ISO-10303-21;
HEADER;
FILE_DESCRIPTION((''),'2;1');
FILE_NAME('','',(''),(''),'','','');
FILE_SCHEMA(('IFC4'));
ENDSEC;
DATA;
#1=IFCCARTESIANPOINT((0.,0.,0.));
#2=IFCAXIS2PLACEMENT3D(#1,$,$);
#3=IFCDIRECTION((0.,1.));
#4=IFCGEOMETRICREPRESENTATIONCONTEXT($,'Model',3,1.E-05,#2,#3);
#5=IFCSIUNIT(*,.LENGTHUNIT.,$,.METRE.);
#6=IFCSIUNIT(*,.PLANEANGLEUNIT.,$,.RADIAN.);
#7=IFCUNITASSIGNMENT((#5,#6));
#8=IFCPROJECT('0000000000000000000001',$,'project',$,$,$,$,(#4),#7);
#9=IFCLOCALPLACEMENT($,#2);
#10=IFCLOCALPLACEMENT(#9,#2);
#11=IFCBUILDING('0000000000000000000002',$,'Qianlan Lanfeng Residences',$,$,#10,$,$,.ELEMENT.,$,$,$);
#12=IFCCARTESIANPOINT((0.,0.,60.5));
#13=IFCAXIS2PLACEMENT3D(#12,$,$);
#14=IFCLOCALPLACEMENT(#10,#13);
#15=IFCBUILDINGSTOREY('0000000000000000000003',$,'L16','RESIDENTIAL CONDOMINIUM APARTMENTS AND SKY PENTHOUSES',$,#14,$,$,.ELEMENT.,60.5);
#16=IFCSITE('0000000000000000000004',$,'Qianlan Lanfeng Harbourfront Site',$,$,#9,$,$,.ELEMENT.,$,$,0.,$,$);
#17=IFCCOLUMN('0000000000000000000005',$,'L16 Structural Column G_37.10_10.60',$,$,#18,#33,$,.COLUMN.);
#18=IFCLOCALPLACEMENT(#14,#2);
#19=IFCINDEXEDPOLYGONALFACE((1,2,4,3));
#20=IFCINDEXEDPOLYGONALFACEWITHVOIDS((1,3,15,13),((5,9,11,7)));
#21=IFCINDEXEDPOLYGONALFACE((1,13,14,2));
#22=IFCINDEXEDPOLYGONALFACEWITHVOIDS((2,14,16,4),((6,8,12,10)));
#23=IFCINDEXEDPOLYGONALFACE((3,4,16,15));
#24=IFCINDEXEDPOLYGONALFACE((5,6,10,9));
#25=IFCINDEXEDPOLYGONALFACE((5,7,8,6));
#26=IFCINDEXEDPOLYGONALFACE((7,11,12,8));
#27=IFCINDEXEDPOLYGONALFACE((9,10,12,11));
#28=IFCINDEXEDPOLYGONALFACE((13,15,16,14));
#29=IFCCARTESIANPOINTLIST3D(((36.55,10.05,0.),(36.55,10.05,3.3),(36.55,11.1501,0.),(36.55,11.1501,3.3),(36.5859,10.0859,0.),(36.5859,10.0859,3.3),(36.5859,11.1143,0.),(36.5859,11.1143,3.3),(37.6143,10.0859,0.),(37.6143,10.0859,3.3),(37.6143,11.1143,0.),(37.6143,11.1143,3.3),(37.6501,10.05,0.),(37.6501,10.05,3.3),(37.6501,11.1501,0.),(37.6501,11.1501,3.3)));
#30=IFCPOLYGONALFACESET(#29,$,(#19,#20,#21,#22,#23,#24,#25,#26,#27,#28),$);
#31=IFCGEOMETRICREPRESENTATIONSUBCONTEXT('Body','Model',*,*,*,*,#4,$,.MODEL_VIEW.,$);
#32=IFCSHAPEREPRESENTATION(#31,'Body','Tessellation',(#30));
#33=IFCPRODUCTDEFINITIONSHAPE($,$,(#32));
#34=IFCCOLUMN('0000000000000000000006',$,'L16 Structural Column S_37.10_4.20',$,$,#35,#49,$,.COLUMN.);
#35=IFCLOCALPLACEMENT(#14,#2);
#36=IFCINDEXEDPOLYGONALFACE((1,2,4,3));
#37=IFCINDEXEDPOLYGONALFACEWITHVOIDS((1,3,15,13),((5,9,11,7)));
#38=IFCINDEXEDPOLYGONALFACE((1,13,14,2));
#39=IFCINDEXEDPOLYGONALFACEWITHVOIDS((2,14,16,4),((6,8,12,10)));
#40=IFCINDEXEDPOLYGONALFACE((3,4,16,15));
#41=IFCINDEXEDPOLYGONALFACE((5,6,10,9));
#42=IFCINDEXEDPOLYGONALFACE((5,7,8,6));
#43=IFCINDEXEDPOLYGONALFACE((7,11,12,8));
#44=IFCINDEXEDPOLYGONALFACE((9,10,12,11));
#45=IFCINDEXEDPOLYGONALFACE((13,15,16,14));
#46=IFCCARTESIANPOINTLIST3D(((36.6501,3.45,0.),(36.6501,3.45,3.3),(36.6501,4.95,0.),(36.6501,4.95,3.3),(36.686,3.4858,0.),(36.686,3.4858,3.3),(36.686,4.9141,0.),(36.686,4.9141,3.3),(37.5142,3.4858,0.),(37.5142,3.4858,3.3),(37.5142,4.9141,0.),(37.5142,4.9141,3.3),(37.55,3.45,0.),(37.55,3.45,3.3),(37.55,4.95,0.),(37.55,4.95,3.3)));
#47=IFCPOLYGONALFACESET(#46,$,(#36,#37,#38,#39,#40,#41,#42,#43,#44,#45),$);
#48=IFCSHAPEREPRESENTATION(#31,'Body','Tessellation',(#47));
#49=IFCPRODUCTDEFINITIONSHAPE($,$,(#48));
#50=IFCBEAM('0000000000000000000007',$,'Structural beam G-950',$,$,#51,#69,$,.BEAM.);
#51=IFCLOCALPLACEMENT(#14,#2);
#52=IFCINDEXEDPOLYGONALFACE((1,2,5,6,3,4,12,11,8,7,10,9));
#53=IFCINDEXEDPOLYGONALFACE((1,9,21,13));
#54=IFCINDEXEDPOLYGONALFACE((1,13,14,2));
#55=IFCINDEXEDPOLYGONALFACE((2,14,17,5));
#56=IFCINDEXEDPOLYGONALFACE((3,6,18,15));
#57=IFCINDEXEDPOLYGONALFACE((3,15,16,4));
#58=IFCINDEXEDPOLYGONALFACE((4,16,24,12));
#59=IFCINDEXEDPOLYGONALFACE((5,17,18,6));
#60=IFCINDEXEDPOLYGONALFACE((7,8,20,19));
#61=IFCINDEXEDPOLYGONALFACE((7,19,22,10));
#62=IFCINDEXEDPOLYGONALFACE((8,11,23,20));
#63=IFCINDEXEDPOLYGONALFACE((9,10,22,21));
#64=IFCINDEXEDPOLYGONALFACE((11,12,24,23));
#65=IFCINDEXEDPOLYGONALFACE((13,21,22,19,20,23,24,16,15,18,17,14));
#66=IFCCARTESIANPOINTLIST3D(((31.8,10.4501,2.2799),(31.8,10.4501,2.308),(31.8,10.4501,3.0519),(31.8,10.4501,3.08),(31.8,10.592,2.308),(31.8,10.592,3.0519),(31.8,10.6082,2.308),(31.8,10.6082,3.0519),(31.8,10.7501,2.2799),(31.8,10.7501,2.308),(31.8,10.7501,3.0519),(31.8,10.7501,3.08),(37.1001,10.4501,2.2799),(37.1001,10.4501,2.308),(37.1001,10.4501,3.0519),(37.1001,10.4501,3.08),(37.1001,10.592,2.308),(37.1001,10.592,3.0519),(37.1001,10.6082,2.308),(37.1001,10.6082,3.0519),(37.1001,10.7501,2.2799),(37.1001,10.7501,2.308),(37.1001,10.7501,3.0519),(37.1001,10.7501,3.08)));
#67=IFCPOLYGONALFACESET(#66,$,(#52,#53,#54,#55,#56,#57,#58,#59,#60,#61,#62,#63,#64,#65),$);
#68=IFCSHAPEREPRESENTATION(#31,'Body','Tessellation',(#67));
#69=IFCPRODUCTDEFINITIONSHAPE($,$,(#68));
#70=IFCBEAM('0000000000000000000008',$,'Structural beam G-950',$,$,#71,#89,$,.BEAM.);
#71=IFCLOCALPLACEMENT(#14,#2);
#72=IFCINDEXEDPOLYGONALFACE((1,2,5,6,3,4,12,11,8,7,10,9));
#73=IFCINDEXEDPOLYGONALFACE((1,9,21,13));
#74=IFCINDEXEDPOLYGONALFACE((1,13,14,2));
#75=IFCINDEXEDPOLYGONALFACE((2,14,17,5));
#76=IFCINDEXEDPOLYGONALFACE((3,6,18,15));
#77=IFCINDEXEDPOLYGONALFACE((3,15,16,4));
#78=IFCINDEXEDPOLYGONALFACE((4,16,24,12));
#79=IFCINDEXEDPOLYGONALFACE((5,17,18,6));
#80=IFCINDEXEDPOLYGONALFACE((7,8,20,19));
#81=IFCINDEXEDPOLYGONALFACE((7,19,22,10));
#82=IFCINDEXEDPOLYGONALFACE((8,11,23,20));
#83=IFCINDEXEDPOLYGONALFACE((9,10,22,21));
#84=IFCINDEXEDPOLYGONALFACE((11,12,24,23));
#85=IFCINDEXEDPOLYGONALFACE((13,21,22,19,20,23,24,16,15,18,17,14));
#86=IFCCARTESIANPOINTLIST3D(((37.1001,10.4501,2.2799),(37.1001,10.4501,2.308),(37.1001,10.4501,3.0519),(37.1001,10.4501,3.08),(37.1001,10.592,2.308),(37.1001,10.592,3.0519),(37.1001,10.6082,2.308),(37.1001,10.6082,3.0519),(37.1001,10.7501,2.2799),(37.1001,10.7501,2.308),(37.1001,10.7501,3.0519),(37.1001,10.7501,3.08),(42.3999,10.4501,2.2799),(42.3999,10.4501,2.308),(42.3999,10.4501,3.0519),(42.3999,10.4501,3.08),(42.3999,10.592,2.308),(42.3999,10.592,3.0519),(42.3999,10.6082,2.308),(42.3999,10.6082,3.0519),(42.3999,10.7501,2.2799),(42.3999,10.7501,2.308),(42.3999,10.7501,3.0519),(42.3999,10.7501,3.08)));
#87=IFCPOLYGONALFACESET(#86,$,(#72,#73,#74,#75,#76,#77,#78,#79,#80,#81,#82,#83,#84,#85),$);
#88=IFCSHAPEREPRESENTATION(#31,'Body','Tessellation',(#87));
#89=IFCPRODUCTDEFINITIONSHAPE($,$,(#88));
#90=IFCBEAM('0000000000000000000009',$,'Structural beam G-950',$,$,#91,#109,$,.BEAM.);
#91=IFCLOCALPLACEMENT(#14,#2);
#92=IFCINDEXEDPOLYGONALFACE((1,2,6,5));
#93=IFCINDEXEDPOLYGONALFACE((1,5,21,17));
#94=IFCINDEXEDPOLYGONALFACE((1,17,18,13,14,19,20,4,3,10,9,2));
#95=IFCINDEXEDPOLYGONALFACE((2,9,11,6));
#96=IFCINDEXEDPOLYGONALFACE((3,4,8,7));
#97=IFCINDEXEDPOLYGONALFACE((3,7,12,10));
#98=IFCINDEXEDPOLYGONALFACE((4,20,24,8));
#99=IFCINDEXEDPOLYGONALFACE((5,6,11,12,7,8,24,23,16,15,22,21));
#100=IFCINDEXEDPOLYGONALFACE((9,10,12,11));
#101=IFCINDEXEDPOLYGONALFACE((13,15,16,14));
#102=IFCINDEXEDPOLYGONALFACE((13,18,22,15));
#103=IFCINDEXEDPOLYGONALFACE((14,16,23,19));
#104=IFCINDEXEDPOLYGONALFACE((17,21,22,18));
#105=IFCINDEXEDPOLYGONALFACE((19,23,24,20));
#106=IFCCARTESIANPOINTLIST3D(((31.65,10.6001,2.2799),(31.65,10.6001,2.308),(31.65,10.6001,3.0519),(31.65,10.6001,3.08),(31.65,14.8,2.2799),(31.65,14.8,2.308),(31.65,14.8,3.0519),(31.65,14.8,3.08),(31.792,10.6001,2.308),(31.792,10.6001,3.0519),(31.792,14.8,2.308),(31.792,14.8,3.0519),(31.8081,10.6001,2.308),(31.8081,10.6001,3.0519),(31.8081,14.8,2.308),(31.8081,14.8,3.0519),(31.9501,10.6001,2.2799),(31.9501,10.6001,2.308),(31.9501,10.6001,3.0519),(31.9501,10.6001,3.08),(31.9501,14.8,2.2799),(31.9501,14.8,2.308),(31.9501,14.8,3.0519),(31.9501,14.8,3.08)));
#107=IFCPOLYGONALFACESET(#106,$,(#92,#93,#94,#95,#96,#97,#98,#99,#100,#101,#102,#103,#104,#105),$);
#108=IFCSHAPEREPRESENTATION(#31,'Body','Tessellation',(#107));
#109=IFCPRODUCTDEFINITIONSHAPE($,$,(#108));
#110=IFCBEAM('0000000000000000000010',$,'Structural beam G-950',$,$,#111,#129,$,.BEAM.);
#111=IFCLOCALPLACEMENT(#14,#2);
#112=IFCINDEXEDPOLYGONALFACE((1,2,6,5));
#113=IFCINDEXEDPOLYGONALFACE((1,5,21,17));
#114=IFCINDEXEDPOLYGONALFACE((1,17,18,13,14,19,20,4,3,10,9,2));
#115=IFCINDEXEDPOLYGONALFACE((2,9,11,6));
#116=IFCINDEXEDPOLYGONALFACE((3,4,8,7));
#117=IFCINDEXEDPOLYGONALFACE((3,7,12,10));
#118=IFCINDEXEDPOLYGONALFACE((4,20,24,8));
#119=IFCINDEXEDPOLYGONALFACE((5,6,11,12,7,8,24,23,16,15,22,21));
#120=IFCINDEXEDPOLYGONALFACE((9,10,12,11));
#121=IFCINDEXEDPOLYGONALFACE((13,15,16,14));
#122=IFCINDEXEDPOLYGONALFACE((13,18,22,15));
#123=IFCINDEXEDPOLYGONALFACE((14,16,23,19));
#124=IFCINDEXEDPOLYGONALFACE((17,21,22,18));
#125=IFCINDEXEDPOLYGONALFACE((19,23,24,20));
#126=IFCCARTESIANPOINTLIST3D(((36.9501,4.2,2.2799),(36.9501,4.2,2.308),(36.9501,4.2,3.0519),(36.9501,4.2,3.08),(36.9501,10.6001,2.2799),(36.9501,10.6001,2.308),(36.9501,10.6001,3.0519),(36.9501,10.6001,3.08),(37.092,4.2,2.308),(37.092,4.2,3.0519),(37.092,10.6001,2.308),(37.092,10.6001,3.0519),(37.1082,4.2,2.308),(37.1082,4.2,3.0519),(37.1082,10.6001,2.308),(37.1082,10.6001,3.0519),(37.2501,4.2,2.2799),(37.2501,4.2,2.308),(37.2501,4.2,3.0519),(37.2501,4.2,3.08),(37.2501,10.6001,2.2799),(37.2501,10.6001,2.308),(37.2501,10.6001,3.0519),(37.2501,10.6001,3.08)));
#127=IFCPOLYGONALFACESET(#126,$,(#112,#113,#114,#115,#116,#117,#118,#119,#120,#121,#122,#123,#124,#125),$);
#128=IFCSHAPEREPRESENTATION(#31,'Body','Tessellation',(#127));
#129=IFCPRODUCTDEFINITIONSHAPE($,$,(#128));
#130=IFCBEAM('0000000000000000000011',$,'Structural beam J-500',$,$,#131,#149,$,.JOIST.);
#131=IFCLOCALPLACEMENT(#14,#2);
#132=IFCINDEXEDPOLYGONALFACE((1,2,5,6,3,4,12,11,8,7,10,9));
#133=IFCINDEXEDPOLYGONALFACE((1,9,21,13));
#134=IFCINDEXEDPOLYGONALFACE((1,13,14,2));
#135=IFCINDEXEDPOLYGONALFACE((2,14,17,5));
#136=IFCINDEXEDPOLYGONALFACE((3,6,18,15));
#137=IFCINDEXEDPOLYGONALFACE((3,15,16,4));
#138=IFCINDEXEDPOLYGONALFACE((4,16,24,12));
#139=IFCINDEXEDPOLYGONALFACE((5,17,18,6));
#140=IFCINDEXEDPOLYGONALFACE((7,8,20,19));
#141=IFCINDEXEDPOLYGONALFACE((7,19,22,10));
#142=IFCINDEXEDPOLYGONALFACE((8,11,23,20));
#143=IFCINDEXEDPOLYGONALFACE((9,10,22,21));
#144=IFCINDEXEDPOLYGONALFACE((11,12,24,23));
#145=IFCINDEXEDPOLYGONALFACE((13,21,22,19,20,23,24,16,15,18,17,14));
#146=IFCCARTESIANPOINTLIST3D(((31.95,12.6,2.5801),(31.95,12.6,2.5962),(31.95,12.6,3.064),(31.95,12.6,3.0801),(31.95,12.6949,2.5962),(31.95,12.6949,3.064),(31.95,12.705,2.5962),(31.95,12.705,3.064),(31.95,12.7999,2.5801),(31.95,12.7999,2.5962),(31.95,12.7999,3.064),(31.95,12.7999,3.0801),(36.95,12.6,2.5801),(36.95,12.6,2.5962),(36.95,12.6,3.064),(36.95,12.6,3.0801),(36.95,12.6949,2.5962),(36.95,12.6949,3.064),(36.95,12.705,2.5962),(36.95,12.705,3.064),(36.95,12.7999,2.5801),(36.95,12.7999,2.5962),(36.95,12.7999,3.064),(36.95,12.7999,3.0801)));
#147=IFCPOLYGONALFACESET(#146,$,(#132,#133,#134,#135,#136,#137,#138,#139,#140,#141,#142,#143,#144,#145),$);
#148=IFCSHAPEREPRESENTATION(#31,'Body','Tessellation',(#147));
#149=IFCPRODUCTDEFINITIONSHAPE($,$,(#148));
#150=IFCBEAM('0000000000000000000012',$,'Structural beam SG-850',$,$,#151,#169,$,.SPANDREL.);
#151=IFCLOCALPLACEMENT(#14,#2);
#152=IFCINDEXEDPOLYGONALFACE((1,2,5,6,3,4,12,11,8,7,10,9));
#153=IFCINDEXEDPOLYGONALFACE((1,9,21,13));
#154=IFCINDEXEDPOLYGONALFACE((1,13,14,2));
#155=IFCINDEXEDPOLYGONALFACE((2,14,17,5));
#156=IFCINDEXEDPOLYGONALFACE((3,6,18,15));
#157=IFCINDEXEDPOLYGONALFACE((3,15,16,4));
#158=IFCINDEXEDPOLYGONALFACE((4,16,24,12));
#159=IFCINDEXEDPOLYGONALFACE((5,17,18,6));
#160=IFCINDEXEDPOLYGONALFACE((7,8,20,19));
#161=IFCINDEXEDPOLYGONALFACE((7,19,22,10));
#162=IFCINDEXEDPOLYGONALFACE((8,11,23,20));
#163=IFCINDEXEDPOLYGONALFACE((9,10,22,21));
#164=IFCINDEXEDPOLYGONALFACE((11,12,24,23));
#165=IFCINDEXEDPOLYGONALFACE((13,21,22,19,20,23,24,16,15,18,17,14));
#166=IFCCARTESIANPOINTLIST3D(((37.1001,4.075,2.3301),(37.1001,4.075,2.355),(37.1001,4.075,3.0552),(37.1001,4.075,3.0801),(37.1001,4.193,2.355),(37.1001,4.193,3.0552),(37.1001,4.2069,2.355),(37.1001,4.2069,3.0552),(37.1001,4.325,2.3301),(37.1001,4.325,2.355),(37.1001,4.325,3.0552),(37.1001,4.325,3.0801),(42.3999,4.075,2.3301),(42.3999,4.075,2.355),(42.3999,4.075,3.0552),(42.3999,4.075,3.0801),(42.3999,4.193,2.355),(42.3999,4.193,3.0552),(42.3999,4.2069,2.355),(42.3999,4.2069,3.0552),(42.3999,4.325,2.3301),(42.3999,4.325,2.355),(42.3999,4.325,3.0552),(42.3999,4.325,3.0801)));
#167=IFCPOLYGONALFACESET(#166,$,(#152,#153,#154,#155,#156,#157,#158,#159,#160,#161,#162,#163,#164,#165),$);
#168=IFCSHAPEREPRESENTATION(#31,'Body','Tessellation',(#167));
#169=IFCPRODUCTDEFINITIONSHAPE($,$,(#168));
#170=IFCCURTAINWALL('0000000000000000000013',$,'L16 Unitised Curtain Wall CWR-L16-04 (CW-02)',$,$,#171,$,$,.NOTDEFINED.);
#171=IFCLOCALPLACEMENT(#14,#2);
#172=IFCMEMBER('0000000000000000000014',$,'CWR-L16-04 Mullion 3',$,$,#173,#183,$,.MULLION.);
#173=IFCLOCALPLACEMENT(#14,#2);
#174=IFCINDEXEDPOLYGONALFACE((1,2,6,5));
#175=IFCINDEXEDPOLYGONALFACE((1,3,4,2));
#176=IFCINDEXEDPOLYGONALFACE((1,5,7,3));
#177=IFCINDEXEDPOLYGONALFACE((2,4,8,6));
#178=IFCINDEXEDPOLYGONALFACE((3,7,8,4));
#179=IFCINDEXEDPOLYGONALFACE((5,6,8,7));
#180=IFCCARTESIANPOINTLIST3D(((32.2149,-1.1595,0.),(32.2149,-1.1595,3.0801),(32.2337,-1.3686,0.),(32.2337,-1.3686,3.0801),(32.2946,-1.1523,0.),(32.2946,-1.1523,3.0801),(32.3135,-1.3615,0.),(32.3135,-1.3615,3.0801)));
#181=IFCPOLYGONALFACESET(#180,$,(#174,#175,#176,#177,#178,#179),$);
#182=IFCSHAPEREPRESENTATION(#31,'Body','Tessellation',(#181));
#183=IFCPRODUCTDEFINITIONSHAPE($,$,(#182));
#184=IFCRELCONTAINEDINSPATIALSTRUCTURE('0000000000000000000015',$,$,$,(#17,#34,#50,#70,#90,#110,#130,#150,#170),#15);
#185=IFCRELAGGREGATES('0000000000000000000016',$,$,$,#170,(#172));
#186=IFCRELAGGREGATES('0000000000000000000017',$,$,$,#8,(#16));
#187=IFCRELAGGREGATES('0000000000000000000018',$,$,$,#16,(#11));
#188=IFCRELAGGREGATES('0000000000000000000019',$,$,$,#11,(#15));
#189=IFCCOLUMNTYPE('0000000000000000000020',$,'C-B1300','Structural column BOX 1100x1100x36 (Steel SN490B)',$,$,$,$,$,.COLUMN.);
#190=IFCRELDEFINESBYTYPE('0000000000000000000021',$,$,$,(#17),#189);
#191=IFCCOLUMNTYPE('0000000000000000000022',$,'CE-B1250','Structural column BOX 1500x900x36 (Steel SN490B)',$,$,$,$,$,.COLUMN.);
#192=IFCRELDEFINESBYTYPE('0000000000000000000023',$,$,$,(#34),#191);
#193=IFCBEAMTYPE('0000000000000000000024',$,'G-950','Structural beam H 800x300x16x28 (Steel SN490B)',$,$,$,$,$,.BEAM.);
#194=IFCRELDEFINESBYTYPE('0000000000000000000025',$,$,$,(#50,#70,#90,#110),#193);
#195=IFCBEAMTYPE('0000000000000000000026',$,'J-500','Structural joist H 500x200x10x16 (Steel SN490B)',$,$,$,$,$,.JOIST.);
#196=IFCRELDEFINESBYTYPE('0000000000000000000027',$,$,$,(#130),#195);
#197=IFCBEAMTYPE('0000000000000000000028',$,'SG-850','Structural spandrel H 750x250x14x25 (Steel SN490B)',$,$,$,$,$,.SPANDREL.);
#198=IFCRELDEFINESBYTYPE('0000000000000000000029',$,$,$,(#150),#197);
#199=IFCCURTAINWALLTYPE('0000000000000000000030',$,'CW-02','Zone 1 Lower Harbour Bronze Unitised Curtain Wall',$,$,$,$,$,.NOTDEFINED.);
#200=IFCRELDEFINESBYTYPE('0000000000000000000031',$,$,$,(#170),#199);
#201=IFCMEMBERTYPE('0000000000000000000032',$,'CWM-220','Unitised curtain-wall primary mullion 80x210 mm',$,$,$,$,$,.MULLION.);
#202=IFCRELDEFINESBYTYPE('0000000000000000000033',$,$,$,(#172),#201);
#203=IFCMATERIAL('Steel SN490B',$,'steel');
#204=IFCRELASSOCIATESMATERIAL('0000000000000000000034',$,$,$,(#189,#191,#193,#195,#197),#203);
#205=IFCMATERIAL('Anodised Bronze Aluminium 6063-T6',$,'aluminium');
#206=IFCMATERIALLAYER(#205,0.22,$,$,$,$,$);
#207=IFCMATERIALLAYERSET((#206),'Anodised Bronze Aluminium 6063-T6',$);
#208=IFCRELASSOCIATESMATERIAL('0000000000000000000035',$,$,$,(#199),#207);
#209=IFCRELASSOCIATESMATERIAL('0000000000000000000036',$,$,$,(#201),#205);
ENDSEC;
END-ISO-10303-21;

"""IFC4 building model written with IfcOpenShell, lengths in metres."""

from ifc_helpers import new_model, si_unit, direction, frame, origin, origin_2d, place, context, subcontext, project, spatial, rectangle, hollow_rectangle, i_section, extrude, source, transform, mapped, material, layer, layer_set, material_profile, profile_set, type_object, element, aggregate, save


model = new_model("IFC4")

# Units and contexts
model_context = context("Model", 3, precision=1e-05, world=origin(), true_north=direction((0.0, 1.0)))
body_context = subcontext(model_context, "Body", "Model", "MODEL_VIEW")
ifc_project = project(units=[si_unit("LENGTHUNIT", "METRE"), si_unit("PLANEANGLEUNIT", "RADIAN")], contexts=[model_context])

# Site, building, storey
site_placement = place(None, origin())
site = spatial("IfcSite", under=ifc_project, at=site_placement, Name="Qianlan Lanfeng Harbourfront Site", CompositionType="ELEMENT", RefElevation=0.0)
building_placement = place(site_placement, origin())
building = spatial("IfcBuilding", under=site, at=building_placement, Name="Qianlan Lanfeng Residences", CompositionType="ELEMENT")
storey_placement = place(building_placement, frame((0.0, 0.0, 60.5)))
storey = spatial("IfcBuildingStorey", under=building, at=storey_placement, Name="L16", Description="RESIDENTIAL CONDOMINIUM APARTMENTS AND SKY PENTHOUSES", CompositionType="ELEMENT", Elevation=60.5)

# Columns
ifc_material_1 = material(Name="Steel SN490B", Category="steel")
ifc_material_profile_1 = material_profile(ifc_material_1, hollow_rectangle(XDim=1.1001, YDim=1.1001, WallThickness=0.0359, at=origin_2d()), Name="BOX 1100x1100x36")
ifc_profile_set_1 = profile_set([ifc_material_profile_1], Name="Steel SN490B")
column_type_1 = type_object("IfcColumnType", Name="C-B1300", Description="Structural column BOX 1100x1100x36 (Steel SN490B)", PredefinedType="COLUMN", material=ifc_profile_set_1)
column_1_placement = place(storey_placement, frame((37.1001, 10.6001, 0.0), z_axis=(0.0, 0.0, 1.0), x_axis=(1.0, 0.0, 0.0)))
element("IfcColumn", 1, at=column_1_placement, inside=storey, type_object=column_type_1, Name="L16 Structural Column G_37.10_10.60", PredefinedType="COLUMN", context=body_context, shape_type="SweptSolid", body=[
    extrude(hollow_rectangle(XDim=1.1001, YDim=1.1001, WallThickness=0.0359, at=origin_2d()), origin(), (0.0, 0.0, 1.0), 3.3),
])
ifc_material_profile_2 = material_profile(ifc_material_1, hollow_rectangle(XDim=0.8999, YDim=1.5, WallThickness=0.0359, at=origin_2d()), Name="BOX 1500x900x36")
ifc_profile_set_2 = profile_set([ifc_material_profile_2], Name="Steel SN490B")
column_type_2 = type_object("IfcColumnType", Name="CE-B1250", Description="Structural column BOX 1500x900x36 (Steel SN490B)", PredefinedType="COLUMN", material=ifc_profile_set_2)
column_2_placement = place(storey_placement, frame((37.1001, 4.2, 0.0), z_axis=(0.0, 0.0, 1.0), x_axis=(1.0, 0.0, 0.0)))
element("IfcColumn", 2, at=column_2_placement, inside=storey, type_object=column_type_2, Name="L16 Structural Column S_37.10_4.20", PredefinedType="COLUMN", context=body_context, shape_type="SweptSolid", body=[
    extrude(hollow_rectangle(XDim=0.8999, YDim=1.5, WallThickness=0.0359, at=origin_2d()), origin(), (0.0, 0.0, 1.0), 3.3),
])

# Beams
ifc_material_profile_3 = material_profile(ifc_material_1, i_section(OverallWidth=0.3, OverallDepth=0.8, WebThickness=0.0161, FlangeThickness=0.0281, at=origin_2d()), Name="H 800x300x16x28")
ifc_profile_set_3 = profile_set([ifc_material_profile_3], Name="Steel SN490B")
beam_type_1 = type_object("IfcBeamType", Name="G-950", Description="Structural beam H 800x300x16x28 (Steel SN490B)", PredefinedType="BEAM", material=ifc_profile_set_3)
beam_1_placement = place(storey_placement, frame((31.8, 10.6001, 2.6799), z_axis=(1.0, 0.0, 0.0), x_axis=(0.0, 1.0, 0.0)))
element("IfcBeam", 3, at=beam_1_placement, inside=storey, type_object=beam_type_1, Name="Structural beam G-950", PredefinedType="BEAM", context=body_context, shape_type="SweptSolid", body=[
    extrude(i_section(OverallWidth=0.3, OverallDepth=0.8, WebThickness=0.0161, FlangeThickness=0.0281, at=origin_2d()), origin(), (0.0, 0.0, 1.0), 5.3),
])
beam_2_placement = place(storey_placement, frame((37.1001, 10.6001, 2.6799), z_axis=(1.0, 0.0, 0.0), x_axis=(0.0, 1.0, 0.0)))
element("IfcBeam", 4, at=beam_2_placement, inside=storey, type_object=beam_type_1, Name="Structural beam G-950", PredefinedType="BEAM", context=body_context, shape_type="SweptSolid", body=[
    extrude(i_section(OverallWidth=0.3, OverallDepth=0.8, WebThickness=0.0161, FlangeThickness=0.0281, at=origin_2d()), origin(), (0.0, 0.0, 1.0), 5.2998),
])
beam_3_placement = place(storey_placement, frame((31.8, 10.6001, 2.6799), z_axis=(0.0, 1.0, 0.0), x_axis=(-1.0, 0.0, 0.0)))
element("IfcBeam", 5, at=beam_3_placement, inside=storey, type_object=beam_type_1, Name="Structural beam G-950", PredefinedType="BEAM", context=body_context, shape_type="SweptSolid", body=[
    extrude(i_section(OverallWidth=0.3, OverallDepth=0.8, WebThickness=0.0161, FlangeThickness=0.0281, at=origin_2d()), origin(), (0.0, 0.0, 1.0), 4.2),
])
beam_4_placement = place(storey_placement, frame((37.1001, 4.2, 2.6799), z_axis=(0.0, 1.0, 0.0), x_axis=(-1.0, 0.0, 0.0)))
element("IfcBeam", 6, at=beam_4_placement, inside=storey, type_object=beam_type_1, Name="Structural beam G-950", PredefinedType="BEAM", context=body_context, shape_type="SweptSolid", body=[
    extrude(i_section(OverallWidth=0.3, OverallDepth=0.8, WebThickness=0.0161, FlangeThickness=0.0281, at=origin_2d()), origin(), (0.0, 0.0, 1.0), 6.4001),
])
ifc_material_profile_4 = material_profile(ifc_material_1, i_section(OverallWidth=0.2, OverallDepth=0.5, WebThickness=0.01, FlangeThickness=0.0161, at=origin_2d()), Name="H 500x200x10x16")
ifc_profile_set_4 = profile_set([ifc_material_profile_4], Name="Steel SN490B")
beam_type_2 = type_object("IfcBeamType", Name="J-500", Description="Structural joist H 500x200x10x16 (Steel SN490B)", PredefinedType="JOIST", material=ifc_profile_set_4)
beam_5_placement = place(storey_placement, frame((31.95, 12.7, 2.8301), z_axis=(1.0, 0.0, 0.0), x_axis=(0.0, 1.0, 0.0)))
element("IfcBeam", 7, at=beam_5_placement, inside=storey, type_object=beam_type_2, Name="Structural beam J-500", PredefinedType="JOIST", context=body_context, shape_type="SweptSolid", body=[
    extrude(i_section(OverallWidth=0.2, OverallDepth=0.5, WebThickness=0.01, FlangeThickness=0.0161, at=origin_2d()), origin(), (0.0, 0.0, 1.0), 5.0),
])
ifc_material_profile_5 = material_profile(ifc_material_1, i_section(OverallWidth=0.25, OverallDepth=0.75, WebThickness=0.0139, FlangeThickness=0.0249, at=origin_2d()), Name="H 750x250x14x25")
ifc_profile_set_5 = profile_set([ifc_material_profile_5], Name="Steel SN490B")
beam_type_3 = type_object("IfcBeamType", Name="SG-850", Description="Structural spandrel H 750x250x14x25 (Steel SN490B)", PredefinedType="SPANDREL", material=ifc_profile_set_5)
beam_6_placement = place(storey_placement, frame((37.1001, 4.2, 2.7051), z_axis=(1.0, 0.0, 0.0), x_axis=(0.0, 1.0, 0.0)))
element("IfcBeam", 8, at=beam_6_placement, inside=storey, type_object=beam_type_3, Name="Structural beam SG-850", PredefinedType="SPANDREL", context=body_context, shape_type="SweptSolid", body=[
    extrude(i_section(OverallWidth=0.25, OverallDepth=0.75, WebThickness=0.0139, FlangeThickness=0.0249, at=origin_2d()), origin(), (0.0, 0.0, 1.0), 5.2998),
])

# Curtain wall, member
ifc_material_2 = material(Name="Anodised Bronze Aluminium 6063-T6", Category="aluminium")
ifc_layer_1 = layer(ifc_material_2, 0.22)
ifc_layer_set_1 = layer_set([ifc_layer_1], Name="Anodised Bronze Aluminium 6063-T6")
curtain_wall_type = type_object("IfcCurtainWallType", Name="CW-02", Description="Zone 1 Lower Harbour Bronze Unitised Curtain Wall", PredefinedType="NOTDEFINED", material=ifc_layer_set_1)
curtain_wall_1_placement = place(storey_placement, origin())
curtain_wall_1 = element("IfcCurtainWall", 9, at=curtain_wall_1_placement, inside=storey, type_object=curtain_wall_type, Name="L16 Unitised Curtain Wall CWR-L16-04 (CW-02)", PredefinedType="NOTDEFINED")
ifc_material_profile_6 = material_profile(ifc_material_2, rectangle(XDim=0.0801, YDim=0.21, at=origin_2d()), Name="ALU MULLION 80x210")
ifc_profile_set_6 = profile_set([ifc_material_profile_6], Name="Anodised Bronze Aluminium 6063-T6")
member_type_1 = type_object("IfcMemberType", Name="CWM-220", Description="Unitised curtain-wall primary mullion 80x210 mm", PredefinedType="MULLION", material=ifc_profile_set_6)
shared_shape_1 = source(origin(), body_context, "Body", "SweptSolid", [
    extrude(rectangle(XDim=0.0801, YDim=0.21, at=origin_2d()), origin(), (0.0, 0.0, 1.0), 3.0801),
])
member_1_placement = place(storey_placement, frame((32.2642, -1.2605, 0.0), z_axis=(0.0, 0.0, 1.0), x_axis=(0.995965, 0.089746, 0.0)))
member_1 = element("IfcMember", 10, at=member_1_placement, type_object=member_type_1, Name="CWR-L16-04 Mullion 3", PredefinedType="MULLION", context=body_context, shape_type="MappedRepresentation", body=[
    mapped(shared_shape_1, transform((0.0, 0.0, 0.0), scale=1.0)),
])
aggregate(curtain_wall_1, [member_1])

save(model, "model.ifc")
